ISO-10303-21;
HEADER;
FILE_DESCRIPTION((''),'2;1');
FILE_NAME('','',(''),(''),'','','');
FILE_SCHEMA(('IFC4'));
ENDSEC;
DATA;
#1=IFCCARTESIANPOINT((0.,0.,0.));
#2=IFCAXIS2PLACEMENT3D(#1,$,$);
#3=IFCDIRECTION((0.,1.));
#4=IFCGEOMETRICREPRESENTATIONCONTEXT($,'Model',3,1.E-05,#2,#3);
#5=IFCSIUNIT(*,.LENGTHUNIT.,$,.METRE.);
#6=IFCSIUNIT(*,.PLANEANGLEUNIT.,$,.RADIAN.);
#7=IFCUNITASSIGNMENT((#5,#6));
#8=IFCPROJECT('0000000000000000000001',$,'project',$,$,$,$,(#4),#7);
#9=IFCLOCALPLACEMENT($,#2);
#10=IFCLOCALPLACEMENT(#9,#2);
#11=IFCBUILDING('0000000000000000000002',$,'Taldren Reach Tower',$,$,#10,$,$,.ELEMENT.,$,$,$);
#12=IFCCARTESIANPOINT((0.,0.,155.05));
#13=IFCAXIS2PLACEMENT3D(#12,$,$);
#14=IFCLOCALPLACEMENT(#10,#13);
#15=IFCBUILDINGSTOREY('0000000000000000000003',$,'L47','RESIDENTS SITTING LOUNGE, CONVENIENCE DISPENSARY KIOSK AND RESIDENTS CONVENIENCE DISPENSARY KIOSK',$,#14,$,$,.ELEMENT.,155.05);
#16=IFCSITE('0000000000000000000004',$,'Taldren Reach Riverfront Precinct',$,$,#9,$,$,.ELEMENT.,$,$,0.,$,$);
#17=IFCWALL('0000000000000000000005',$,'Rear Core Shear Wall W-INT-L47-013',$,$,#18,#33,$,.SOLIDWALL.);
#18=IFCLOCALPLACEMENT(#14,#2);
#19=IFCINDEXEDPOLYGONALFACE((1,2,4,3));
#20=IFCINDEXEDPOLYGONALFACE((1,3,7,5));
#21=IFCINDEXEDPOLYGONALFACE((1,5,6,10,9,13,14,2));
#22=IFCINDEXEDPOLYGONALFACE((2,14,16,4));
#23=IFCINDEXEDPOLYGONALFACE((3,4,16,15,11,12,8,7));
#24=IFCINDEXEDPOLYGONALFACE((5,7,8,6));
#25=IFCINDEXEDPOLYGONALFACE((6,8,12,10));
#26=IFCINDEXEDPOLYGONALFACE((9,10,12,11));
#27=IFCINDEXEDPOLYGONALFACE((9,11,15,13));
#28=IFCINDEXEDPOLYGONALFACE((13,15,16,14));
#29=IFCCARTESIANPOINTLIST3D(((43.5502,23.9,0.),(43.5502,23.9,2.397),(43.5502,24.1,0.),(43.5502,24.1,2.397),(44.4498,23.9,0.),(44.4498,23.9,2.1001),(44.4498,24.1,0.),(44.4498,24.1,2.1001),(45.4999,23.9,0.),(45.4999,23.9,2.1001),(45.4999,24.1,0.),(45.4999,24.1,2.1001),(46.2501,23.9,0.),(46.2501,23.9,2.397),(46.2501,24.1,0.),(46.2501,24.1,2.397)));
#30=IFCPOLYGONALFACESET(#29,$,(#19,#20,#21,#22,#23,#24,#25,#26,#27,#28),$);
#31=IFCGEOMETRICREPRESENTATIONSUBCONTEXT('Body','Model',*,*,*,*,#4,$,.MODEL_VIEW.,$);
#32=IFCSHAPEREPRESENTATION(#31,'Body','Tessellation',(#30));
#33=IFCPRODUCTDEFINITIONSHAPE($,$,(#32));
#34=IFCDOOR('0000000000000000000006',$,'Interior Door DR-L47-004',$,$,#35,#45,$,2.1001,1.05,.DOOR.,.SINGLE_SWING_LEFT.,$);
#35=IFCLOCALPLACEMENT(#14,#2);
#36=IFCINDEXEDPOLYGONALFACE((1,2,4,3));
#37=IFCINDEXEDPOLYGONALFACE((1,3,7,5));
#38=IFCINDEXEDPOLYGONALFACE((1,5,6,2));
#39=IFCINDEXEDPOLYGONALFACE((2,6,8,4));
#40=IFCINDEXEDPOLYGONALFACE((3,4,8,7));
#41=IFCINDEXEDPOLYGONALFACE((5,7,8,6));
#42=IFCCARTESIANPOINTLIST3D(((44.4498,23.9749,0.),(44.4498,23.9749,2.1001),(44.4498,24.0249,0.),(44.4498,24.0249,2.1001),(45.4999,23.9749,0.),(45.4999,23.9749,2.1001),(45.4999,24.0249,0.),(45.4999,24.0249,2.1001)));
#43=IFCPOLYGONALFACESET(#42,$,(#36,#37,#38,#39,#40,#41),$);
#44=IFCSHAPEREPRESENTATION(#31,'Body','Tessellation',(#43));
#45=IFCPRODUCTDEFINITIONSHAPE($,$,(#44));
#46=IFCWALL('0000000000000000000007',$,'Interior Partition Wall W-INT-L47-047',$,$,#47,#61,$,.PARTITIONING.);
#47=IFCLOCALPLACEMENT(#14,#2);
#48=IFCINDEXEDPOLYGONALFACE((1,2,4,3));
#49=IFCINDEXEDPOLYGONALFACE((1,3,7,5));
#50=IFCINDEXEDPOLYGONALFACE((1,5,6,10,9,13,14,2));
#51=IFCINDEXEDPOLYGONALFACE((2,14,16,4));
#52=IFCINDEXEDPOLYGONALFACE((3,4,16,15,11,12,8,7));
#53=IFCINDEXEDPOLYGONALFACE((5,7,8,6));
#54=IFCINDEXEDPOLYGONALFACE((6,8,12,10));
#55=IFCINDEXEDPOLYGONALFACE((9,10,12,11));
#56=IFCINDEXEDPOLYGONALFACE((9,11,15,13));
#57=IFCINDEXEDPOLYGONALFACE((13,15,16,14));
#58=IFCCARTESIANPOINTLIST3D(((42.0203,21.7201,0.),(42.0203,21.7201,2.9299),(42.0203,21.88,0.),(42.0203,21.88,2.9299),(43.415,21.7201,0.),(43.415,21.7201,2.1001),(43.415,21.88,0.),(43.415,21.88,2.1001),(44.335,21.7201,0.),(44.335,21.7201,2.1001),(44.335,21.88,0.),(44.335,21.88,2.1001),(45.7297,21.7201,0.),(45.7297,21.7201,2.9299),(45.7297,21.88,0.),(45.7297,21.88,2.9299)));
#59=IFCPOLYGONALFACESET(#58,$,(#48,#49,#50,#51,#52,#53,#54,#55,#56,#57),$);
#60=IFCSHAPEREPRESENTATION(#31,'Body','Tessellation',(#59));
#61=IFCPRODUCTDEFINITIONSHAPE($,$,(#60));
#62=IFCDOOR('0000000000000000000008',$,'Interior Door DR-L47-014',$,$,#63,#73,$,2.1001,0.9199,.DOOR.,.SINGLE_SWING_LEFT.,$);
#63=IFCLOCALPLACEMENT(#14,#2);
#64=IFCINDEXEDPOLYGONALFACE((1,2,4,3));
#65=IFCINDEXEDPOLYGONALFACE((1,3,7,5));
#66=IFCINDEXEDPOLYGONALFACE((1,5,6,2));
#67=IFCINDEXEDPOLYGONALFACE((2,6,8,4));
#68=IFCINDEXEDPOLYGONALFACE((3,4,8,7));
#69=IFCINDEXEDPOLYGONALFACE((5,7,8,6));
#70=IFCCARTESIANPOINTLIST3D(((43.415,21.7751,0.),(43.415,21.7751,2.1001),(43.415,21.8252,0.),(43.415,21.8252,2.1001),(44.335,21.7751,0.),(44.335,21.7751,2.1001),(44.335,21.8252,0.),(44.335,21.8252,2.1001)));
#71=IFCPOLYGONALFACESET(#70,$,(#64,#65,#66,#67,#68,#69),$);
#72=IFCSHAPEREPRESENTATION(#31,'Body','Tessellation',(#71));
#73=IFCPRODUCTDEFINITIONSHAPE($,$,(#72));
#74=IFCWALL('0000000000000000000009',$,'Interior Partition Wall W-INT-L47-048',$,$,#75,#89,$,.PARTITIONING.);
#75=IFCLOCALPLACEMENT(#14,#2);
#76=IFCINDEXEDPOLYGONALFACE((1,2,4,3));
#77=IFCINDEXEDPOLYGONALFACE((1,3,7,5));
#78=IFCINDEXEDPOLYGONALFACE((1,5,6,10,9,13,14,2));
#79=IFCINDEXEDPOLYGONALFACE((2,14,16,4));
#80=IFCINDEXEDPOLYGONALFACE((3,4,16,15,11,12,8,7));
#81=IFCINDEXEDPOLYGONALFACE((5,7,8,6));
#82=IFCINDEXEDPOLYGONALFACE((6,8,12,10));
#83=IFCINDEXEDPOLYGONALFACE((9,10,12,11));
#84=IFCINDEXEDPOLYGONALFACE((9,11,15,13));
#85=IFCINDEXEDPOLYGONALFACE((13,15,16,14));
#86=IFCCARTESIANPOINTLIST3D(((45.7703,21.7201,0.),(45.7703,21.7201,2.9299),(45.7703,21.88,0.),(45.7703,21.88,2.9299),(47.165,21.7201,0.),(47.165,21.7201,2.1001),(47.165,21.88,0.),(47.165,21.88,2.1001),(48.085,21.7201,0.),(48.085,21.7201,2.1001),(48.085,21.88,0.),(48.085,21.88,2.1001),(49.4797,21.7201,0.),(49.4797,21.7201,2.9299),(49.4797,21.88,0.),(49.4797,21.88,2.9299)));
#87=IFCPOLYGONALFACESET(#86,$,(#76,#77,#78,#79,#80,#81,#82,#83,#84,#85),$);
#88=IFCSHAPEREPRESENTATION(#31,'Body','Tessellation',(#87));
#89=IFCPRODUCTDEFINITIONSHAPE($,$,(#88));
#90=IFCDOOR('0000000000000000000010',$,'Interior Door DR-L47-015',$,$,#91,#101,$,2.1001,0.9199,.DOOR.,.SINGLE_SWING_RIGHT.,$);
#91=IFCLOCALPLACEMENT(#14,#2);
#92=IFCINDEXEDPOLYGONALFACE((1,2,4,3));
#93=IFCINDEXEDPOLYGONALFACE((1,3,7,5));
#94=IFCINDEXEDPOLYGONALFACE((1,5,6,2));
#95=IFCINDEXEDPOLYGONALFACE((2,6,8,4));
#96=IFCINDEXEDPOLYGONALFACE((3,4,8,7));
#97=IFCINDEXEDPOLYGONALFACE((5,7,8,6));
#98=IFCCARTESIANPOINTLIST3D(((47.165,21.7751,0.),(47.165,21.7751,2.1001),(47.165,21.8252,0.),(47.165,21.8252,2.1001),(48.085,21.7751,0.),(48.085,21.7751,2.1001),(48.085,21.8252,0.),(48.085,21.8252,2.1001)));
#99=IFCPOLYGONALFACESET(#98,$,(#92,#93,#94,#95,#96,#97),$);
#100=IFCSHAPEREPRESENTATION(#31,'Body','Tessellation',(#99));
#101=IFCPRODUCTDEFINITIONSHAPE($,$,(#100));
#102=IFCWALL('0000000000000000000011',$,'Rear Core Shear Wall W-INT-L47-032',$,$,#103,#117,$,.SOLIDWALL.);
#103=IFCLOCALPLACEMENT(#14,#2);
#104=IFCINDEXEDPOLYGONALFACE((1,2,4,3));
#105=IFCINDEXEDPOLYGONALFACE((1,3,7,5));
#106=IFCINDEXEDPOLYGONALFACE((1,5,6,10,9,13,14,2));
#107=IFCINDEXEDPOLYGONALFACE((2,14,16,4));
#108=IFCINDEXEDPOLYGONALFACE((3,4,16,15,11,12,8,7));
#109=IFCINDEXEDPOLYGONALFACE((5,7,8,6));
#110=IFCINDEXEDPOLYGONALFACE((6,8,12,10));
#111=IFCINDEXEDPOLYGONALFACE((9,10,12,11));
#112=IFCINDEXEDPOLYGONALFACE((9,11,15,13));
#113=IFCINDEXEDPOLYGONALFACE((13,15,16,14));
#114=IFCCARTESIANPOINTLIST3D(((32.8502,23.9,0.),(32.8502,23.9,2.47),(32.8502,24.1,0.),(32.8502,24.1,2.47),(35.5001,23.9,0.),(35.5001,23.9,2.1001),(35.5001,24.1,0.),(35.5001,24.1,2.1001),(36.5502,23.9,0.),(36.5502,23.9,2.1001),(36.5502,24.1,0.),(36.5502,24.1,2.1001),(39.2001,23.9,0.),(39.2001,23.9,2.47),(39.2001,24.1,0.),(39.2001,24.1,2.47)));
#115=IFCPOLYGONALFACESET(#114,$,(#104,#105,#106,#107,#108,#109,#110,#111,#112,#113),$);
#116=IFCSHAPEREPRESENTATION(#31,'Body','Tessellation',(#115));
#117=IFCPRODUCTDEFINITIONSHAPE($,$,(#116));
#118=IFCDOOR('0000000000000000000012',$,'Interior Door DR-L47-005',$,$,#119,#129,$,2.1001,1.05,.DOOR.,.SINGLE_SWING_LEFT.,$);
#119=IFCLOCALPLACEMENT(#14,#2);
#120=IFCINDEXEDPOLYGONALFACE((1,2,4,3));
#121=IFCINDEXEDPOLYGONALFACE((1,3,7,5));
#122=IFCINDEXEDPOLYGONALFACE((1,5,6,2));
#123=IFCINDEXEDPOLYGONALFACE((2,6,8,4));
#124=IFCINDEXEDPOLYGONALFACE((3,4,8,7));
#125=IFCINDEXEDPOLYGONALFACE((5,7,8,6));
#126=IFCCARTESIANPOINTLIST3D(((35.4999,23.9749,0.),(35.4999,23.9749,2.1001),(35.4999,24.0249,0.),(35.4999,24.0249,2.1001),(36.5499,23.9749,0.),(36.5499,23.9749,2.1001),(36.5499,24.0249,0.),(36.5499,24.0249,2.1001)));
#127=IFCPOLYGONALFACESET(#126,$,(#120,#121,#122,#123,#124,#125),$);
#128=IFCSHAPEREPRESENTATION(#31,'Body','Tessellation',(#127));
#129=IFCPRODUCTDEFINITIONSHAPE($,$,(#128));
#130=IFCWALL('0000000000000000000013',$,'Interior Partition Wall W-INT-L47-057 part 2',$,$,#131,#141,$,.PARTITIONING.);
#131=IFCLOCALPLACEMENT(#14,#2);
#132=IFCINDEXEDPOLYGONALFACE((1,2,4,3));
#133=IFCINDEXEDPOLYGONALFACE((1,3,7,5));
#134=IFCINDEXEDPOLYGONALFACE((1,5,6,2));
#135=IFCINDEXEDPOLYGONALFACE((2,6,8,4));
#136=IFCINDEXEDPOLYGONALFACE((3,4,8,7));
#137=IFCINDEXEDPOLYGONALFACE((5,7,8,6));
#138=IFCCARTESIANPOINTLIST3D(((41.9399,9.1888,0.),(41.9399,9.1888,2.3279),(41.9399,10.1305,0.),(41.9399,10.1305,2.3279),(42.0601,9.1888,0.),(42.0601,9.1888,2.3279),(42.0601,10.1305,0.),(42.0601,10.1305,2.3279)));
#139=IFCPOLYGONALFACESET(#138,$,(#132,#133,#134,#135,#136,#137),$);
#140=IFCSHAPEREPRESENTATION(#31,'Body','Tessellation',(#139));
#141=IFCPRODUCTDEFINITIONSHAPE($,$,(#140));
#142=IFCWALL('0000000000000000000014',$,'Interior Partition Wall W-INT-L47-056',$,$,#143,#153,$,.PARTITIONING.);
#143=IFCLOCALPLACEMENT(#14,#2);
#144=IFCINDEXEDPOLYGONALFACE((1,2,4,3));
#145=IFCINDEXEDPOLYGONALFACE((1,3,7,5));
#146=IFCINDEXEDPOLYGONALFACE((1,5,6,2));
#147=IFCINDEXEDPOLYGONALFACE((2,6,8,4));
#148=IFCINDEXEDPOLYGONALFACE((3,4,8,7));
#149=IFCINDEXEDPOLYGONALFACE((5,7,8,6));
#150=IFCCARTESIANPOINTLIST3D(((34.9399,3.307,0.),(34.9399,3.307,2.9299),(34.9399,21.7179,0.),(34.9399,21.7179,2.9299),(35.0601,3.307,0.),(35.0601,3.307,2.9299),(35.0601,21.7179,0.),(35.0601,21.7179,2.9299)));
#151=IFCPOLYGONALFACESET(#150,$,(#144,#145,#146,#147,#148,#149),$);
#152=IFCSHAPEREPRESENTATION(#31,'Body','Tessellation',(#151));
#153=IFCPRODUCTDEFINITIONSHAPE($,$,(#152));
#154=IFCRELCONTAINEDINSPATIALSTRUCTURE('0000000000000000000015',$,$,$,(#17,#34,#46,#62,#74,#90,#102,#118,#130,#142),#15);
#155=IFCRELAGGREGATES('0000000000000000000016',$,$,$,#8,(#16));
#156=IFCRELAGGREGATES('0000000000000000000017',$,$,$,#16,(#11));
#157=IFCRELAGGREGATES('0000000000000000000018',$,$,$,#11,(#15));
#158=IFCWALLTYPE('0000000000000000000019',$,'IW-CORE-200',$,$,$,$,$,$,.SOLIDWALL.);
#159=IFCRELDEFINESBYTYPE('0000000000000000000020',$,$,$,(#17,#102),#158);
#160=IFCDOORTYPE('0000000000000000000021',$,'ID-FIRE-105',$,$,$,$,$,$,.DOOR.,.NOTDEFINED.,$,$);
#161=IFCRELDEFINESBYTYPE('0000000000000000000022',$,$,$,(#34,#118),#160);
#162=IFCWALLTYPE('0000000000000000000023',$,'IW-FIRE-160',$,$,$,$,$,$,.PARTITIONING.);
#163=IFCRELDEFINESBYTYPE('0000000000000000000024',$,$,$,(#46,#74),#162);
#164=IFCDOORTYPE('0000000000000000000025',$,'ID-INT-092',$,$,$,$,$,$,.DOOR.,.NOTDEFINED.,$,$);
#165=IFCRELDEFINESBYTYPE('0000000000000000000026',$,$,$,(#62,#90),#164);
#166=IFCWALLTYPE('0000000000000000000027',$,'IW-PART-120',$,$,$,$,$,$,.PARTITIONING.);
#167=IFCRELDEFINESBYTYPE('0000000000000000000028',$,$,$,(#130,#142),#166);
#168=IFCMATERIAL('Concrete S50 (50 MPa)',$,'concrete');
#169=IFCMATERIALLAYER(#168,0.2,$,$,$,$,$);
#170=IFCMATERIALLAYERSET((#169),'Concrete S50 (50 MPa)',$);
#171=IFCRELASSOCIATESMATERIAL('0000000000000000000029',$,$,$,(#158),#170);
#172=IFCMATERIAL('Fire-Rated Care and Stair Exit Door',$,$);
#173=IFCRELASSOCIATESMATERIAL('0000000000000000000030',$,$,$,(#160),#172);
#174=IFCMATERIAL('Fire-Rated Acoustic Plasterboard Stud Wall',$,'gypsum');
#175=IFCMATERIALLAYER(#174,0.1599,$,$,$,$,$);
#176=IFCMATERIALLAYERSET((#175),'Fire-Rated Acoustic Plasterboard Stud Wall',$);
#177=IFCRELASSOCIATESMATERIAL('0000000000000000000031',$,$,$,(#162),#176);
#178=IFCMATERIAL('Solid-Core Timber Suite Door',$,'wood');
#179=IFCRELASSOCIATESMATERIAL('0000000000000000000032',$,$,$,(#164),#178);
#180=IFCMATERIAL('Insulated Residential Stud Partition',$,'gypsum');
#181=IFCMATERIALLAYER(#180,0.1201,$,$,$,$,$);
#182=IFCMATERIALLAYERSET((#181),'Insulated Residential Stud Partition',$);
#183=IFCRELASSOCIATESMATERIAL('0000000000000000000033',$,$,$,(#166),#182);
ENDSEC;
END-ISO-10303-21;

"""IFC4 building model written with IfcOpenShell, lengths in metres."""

from ifc_helpers import new_model, si_unit, direction, frame, frame_2d, origin, place, context, subcontext, project, spatial, rectangle, extrude, source, transform, mapped, material, layer, layer_set, type_object, element, fill, save


model = new_model("IFC4")

# Units and contexts
model_context = context("Model", 3, precision=1e-05, world=origin(), true_north=direction((0.0, 1.0)))
body_context = subcontext(model_context, "Body", "Model", "MODEL_VIEW")
ifc_project = project(units=[si_unit("LENGTHUNIT", "METRE"), si_unit("PLANEANGLEUNIT", "RADIAN")], contexts=[model_context])

# Site, building, storey
site_placement = place(None, origin())
site = spatial("IfcSite", under=ifc_project, at=site_placement, Name="Taldren Reach Riverfront Precinct", CompositionType="ELEMENT", RefElevation=0.0)
building_placement = place(site_placement, origin())
building = spatial("IfcBuilding", under=site, at=building_placement, Name="Taldren Reach Tower", CompositionType="ELEMENT")
storey_placement = place(building_placement, frame((0.0, 0.0, 155.05)))
storey = spatial("IfcBuildingStorey", under=building, at=storey_placement, Name="L47", Description="RESIDENTS SITTING LOUNGE, CONVENIENCE DISPENSARY KIOSK AND RESIDENTS CONVENIENCE DISPENSARY KIOSK", CompositionType="ELEMENT", Elevation=155.05)

# Walls, openings, doors
ifc_material_1 = material(Name="Concrete S50 (50 MPa)", Category="concrete")
ifc_layer_1 = layer(ifc_material_1, 0.2)
ifc_layer_set_1 = layer_set([ifc_layer_1], Name="Concrete S50 (50 MPa)")
wall_type_1 = type_object("IfcWallType", Name="IW-CORE-200", PredefinedType="SOLIDWALL", material=ifc_layer_set_1)
shared_shape_1 = source(origin(), body_context, "Body", "SweptSolid", [
    extrude(rectangle(XDim=2.7, YDim=0.2, at=frame_2d((1.3501, 0.0))), origin(), (0.0, 0.0, 1.0), 2.397),
])
wall_1_placement = place(storey_placement, frame((43.55, 24.0, 0.0), z_axis=(0.0, 0.0, 1.0), x_axis=(1.0, 0.0, 0.0)))
wall_1 = element("IfcWall", 1, at=wall_1_placement, inside=storey, type_object=wall_type_1, Name="Rear Core Shear Wall W-INT-L47-013", PredefinedType="SOLIDWALL", context=body_context, shape_type="MappedRepresentation", body=[
    mapped(shared_shape_1, transform((0.0, 0.0, 0.0), scale=1.0)),
])
shared_shape_2 = source(origin(), body_context, "Body", "SweptSolid", [
    extrude(rectangle(XDim=1.05, YDim=2.1001, at=frame_2d((0.5249, 1.05))), frame((0.0, 0.1099, 0.0), z_axis=(0.0, -1.0, 0.0), x_axis=(1.0, 0.0, 0.0)), (0.0, 0.0, 1.0), 0.22),
])
opening_1_placement = place(wall_1_placement, frame((0.8999, 0.0, 0.0)))
opening_1 = element("IfcOpeningElement", 2, at=opening_1_placement, cuts=wall_1, PredefinedType="OPENING", context=body_context, shape_type="MappedRepresentation", body=[
    mapped(shared_shape_2, transform((0.0, 0.0, 0.0), scale=1.0)),
])
ifc_material_2 = material(Name="Fire-Rated Care and Stair Exit Door")
door_type_1 = type_object("IfcDoorType", Name="ID-FIRE-105", OperationType="NOTDEFINED", PredefinedType="DOOR", material=ifc_material_2)
shared_shape_3 = source(origin(), body_context, "Body", "SweptSolid", [
    extrude(rectangle(XDim=1.05, YDim=2.1001, at=frame_2d((0.5249, 1.05))), frame((0.0, 0.0249, 0.0), z_axis=(0.0, -1.0, 0.0), x_axis=(1.0, 0.0, 0.0)), (0.0, 0.0, 1.0), 0.05),
])
door_1_placement = place(opening_1_placement, origin())
door_1 = element("IfcDoor", 3, at=door_1_placement, inside=storey, type_object=door_type_1, Name="Interior Door DR-L47-004", OperationType="SINGLE_SWING_LEFT", OverallHeight=2.1001, OverallWidth=1.05, PredefinedType="DOOR", context=body_context, shape_type="MappedRepresentation", body=[
    mapped(shared_shape_3, transform((0.0, 0.0, 0.0), scale=1.0)),
])
fill(opening_1, door_1)
ifc_material_3 = material(Name="Fire-Rated Acoustic Plasterboard Stud Wall", Category="gypsum")
ifc_layer_2 = layer(ifc_material_3, 0.1599)
ifc_layer_set_2 = layer_set([ifc_layer_2], Name="Fire-Rated Acoustic Plasterboard Stud Wall")
wall_type_2 = type_object("IfcWallType", Name="IW-FIRE-160", PredefinedType="PARTITIONING", material=ifc_layer_set_2)
shared_shape_4 = source(origin(), body_context, "Body", "SweptSolid", [
    extrude(rectangle(XDim=3.7095, YDim=0.1599, at=frame_2d((1.8547, 0.0))), origin(), (0.0, 0.0, 1.0), 2.9299),
])
wall_2_placement = place(storey_placement, frame((45.7297, 21.8, 0.0), z_axis=(0.0, 0.0, 1.0), x_axis=(-1.0, 0.0, 0.0)))
wall_2 = element("IfcWall", 4, at=wall_2_placement, inside=storey, type_object=wall_type_2, Name="Interior Partition Wall W-INT-L47-047", PredefinedType="PARTITIONING", context=body_context, shape_type="MappedRepresentation", body=[
    mapped(shared_shape_4, transform((0.0, 0.0, 0.0), scale=1.0)),
])
shared_shape_5 = source(origin(), body_context, "Body", "SweptSolid", [
    extrude(rectangle(XDim=0.9199, YDim=2.1001, at=frame_2d((0.46, 1.05))), frame((0.0, 0.0898, 0.0), z_axis=(0.0, -1.0, 0.0), x_axis=(1.0, 0.0, 0.0)), (0.0, 0.0, 1.0), 0.1799),
])
opening_2_placement = place(wall_2_placement, frame((1.3948, 0.0, 0.0)))
opening_2 = element("IfcOpeningElement", 5, at=opening_2_placement, cuts=wall_2, PredefinedType="OPENING", context=body_context, shape_type="MappedRepresentation", body=[
    mapped(shared_shape_5, transform((0.0, 0.0, 0.0), scale=1.0)),
])
ifc_material_4 = material(Name="Solid-Core Timber Suite Door", Category="wood")
door_type_2 = type_object("IfcDoorType", Name="ID-INT-092", OperationType="NOTDEFINED", PredefinedType="DOOR", material=ifc_material_4)
shared_shape_6 = source(origin(), body_context, "Body", "SweptSolid", [
    extrude(rectangle(XDim=0.9199, YDim=2.1001, at=frame_2d((0.46, 1.05))), frame((0.0, 0.0249, 0.0), z_axis=(0.0, -1.0, 0.0), x_axis=(1.0, 0.0, 0.0)), (0.0, 0.0, 1.0), 0.05),
])
door_2_placement = place(opening_2_placement, origin())
door_2 = element("IfcDoor", 6, at=door_2_placement, inside=storey, type_object=door_type_2, Name="Interior Door DR-L47-014", OperationType="SINGLE_SWING_LEFT", OverallHeight=2.1001, OverallWidth=0.9199, PredefinedType="DOOR", context=body_context, shape_type="MappedRepresentation", body=[
    mapped(shared_shape_6, transform((0.0, 0.0, 0.0), scale=1.0)),
])
fill(opening_2, door_2)
wall_3_placement = place(storey_placement, frame((49.4797, 21.8, 0.0), z_axis=(0.0, 0.0, 1.0), x_axis=(-1.0, 0.0, 0.0)))
wall_3 = element("IfcWall", 7, at=wall_3_placement, inside=storey, type_object=wall_type_2, Name="Interior Partition Wall W-INT-L47-048", PredefinedType="PARTITIONING", context=body_context, shape_type="MappedRepresentation", body=[
    mapped(shared_shape_4, transform((0.0, 0.0, 0.0), scale=1.0)),
])
opening_3_placement = place(wall_3_placement, frame((1.3948, 0.0, 0.0)))
opening_3 = element("IfcOpeningElement", 8, at=opening_3_placement, cuts=wall_3, PredefinedType="OPENING", context=body_context, shape_type="MappedRepresentation", body=[
    mapped(shared_shape_5, transform((0.0, 0.0, 0.0), scale=1.0)),
])
door_3_placement = place(opening_3_placement, origin())
door_3 = element("IfcDoor", 9, at=door_3_placement, inside=storey, type_object=door_type_2, Name="Interior Door DR-L47-015", OperationType="SINGLE_SWING_RIGHT", OverallHeight=2.1001, OverallWidth=0.9199, PredefinedType="DOOR", context=body_context, shape_type="MappedRepresentation", body=[
    mapped(shared_shape_6, transform((0.0, 0.0, 0.0), scale=1.0)),
])
fill(opening_3, door_3)
shared_shape_7 = source(origin(), body_context, "Body", "SweptSolid", [
    extrude(rectangle(XDim=6.3499, YDim=0.2, at=frame_2d((3.1748, 0.0))), origin(), (0.0, 0.0, 1.0), 2.47),
])
wall_4_placement = place(storey_placement, frame((39.2, 24.0, 0.0), z_axis=(0.0, 0.0, 1.0), x_axis=(-1.0, 0.0, 0.0)))
wall_4 = element("IfcWall", 10, at=wall_4_placement, inside=storey, type_object=wall_type_1, Name="Rear Core Shear Wall W-INT-L47-032", PredefinedType="SOLIDWALL", context=body_context, shape_type="MappedRepresentation", body=[
    mapped(shared_shape_7, transform((0.0, 0.0, 0.0), scale=1.0)),
])
opening_4_placement = place(wall_4_placement, frame((2.6499, 0.0, 0.0)))
opening_4 = element("IfcOpeningElement", 11, at=opening_4_placement, cuts=wall_4, PredefinedType="OPENING", context=body_context, shape_type="MappedRepresentation", body=[
    mapped(shared_shape_2, transform((0.0, 0.0, 0.0), scale=1.0)),
])
door_4_placement = place(opening_4_placement, frame((1.05, 0.0, 0.0), z_axis=(0.0, 0.0, 1.0), x_axis=(-1.0, 0.0, 0.0)))
door_4 = element("IfcDoor", 12, at=door_4_placement, inside=storey, type_object=door_type_1, Name="Interior Door DR-L47-005", OperationType="SINGLE_SWING_LEFT", OverallHeight=2.1001, OverallWidth=1.05, PredefinedType="DOOR", context=body_context, shape_type="MappedRepresentation", body=[
    mapped(shared_shape_3, transform((0.0, 0.0, 0.0), scale=1.0)),
])
fill(opening_4, door_4)

# Walls
ifc_material_5 = material(Name="Insulated Residential Stud Partition", Category="gypsum")
ifc_layer_3 = layer(ifc_material_5, 0.1201)
ifc_layer_set_3 = layer_set([ifc_layer_3], Name="Insulated Residential Stud Partition")
wall_type_3 = type_object("IfcWallType", Name="IW-PART-120", PredefinedType="PARTITIONING", material=ifc_layer_set_3)
shared_shape_8 = source(origin(), body_context, "Body", "SweptSolid", [
    extrude(rectangle(XDim=0.9417, YDim=0.1201, at=frame_2d((0.4707, 0.0))), origin(), (0.0, 0.0, 1.0), 2.3279),
])
wall_5_placement = place(storey_placement, frame((42.0, 10.1304, 0.0), z_axis=(0.0, 0.0, 1.0), x_axis=(0.0, -1.0, 0.0)))
element("IfcWall", 13, at=wall_5_placement, inside=storey, type_object=wall_type_3, Name="Interior Partition Wall W-INT-L47-057 part 2", PredefinedType="PARTITIONING", context=body_context, shape_type="MappedRepresentation", body=[
    mapped(shared_shape_8, transform((0.0, 0.0, 0.0), scale=1.0)),
])
shared_shape_9 = source(origin(), body_context, "Body", "SweptSolid", [
    extrude(rectangle(XDim=18.4109, YDim=0.1201, at=frame_2d((9.2056, 0.0))), origin(), (0.0, 0.0, 1.0), 2.9299),
])
wall_6_placement = place(storey_placement, frame((35.0, 21.718, 0.0), z_axis=(0.0, 0.0, 1.0), x_axis=(0.0, -1.0, 0.0)))
element("IfcWall", 14, at=wall_6_placement, inside=storey, type_object=wall_type_3, Name="Interior Partition Wall W-INT-L47-056", PredefinedType="PARTITIONING", context=body_context, shape_type="MappedRepresentation", body=[
    mapped(shared_shape_9, transform((0.0, 0.0, 0.0), scale=1.0)),
])

save(model, "model.ifc")
